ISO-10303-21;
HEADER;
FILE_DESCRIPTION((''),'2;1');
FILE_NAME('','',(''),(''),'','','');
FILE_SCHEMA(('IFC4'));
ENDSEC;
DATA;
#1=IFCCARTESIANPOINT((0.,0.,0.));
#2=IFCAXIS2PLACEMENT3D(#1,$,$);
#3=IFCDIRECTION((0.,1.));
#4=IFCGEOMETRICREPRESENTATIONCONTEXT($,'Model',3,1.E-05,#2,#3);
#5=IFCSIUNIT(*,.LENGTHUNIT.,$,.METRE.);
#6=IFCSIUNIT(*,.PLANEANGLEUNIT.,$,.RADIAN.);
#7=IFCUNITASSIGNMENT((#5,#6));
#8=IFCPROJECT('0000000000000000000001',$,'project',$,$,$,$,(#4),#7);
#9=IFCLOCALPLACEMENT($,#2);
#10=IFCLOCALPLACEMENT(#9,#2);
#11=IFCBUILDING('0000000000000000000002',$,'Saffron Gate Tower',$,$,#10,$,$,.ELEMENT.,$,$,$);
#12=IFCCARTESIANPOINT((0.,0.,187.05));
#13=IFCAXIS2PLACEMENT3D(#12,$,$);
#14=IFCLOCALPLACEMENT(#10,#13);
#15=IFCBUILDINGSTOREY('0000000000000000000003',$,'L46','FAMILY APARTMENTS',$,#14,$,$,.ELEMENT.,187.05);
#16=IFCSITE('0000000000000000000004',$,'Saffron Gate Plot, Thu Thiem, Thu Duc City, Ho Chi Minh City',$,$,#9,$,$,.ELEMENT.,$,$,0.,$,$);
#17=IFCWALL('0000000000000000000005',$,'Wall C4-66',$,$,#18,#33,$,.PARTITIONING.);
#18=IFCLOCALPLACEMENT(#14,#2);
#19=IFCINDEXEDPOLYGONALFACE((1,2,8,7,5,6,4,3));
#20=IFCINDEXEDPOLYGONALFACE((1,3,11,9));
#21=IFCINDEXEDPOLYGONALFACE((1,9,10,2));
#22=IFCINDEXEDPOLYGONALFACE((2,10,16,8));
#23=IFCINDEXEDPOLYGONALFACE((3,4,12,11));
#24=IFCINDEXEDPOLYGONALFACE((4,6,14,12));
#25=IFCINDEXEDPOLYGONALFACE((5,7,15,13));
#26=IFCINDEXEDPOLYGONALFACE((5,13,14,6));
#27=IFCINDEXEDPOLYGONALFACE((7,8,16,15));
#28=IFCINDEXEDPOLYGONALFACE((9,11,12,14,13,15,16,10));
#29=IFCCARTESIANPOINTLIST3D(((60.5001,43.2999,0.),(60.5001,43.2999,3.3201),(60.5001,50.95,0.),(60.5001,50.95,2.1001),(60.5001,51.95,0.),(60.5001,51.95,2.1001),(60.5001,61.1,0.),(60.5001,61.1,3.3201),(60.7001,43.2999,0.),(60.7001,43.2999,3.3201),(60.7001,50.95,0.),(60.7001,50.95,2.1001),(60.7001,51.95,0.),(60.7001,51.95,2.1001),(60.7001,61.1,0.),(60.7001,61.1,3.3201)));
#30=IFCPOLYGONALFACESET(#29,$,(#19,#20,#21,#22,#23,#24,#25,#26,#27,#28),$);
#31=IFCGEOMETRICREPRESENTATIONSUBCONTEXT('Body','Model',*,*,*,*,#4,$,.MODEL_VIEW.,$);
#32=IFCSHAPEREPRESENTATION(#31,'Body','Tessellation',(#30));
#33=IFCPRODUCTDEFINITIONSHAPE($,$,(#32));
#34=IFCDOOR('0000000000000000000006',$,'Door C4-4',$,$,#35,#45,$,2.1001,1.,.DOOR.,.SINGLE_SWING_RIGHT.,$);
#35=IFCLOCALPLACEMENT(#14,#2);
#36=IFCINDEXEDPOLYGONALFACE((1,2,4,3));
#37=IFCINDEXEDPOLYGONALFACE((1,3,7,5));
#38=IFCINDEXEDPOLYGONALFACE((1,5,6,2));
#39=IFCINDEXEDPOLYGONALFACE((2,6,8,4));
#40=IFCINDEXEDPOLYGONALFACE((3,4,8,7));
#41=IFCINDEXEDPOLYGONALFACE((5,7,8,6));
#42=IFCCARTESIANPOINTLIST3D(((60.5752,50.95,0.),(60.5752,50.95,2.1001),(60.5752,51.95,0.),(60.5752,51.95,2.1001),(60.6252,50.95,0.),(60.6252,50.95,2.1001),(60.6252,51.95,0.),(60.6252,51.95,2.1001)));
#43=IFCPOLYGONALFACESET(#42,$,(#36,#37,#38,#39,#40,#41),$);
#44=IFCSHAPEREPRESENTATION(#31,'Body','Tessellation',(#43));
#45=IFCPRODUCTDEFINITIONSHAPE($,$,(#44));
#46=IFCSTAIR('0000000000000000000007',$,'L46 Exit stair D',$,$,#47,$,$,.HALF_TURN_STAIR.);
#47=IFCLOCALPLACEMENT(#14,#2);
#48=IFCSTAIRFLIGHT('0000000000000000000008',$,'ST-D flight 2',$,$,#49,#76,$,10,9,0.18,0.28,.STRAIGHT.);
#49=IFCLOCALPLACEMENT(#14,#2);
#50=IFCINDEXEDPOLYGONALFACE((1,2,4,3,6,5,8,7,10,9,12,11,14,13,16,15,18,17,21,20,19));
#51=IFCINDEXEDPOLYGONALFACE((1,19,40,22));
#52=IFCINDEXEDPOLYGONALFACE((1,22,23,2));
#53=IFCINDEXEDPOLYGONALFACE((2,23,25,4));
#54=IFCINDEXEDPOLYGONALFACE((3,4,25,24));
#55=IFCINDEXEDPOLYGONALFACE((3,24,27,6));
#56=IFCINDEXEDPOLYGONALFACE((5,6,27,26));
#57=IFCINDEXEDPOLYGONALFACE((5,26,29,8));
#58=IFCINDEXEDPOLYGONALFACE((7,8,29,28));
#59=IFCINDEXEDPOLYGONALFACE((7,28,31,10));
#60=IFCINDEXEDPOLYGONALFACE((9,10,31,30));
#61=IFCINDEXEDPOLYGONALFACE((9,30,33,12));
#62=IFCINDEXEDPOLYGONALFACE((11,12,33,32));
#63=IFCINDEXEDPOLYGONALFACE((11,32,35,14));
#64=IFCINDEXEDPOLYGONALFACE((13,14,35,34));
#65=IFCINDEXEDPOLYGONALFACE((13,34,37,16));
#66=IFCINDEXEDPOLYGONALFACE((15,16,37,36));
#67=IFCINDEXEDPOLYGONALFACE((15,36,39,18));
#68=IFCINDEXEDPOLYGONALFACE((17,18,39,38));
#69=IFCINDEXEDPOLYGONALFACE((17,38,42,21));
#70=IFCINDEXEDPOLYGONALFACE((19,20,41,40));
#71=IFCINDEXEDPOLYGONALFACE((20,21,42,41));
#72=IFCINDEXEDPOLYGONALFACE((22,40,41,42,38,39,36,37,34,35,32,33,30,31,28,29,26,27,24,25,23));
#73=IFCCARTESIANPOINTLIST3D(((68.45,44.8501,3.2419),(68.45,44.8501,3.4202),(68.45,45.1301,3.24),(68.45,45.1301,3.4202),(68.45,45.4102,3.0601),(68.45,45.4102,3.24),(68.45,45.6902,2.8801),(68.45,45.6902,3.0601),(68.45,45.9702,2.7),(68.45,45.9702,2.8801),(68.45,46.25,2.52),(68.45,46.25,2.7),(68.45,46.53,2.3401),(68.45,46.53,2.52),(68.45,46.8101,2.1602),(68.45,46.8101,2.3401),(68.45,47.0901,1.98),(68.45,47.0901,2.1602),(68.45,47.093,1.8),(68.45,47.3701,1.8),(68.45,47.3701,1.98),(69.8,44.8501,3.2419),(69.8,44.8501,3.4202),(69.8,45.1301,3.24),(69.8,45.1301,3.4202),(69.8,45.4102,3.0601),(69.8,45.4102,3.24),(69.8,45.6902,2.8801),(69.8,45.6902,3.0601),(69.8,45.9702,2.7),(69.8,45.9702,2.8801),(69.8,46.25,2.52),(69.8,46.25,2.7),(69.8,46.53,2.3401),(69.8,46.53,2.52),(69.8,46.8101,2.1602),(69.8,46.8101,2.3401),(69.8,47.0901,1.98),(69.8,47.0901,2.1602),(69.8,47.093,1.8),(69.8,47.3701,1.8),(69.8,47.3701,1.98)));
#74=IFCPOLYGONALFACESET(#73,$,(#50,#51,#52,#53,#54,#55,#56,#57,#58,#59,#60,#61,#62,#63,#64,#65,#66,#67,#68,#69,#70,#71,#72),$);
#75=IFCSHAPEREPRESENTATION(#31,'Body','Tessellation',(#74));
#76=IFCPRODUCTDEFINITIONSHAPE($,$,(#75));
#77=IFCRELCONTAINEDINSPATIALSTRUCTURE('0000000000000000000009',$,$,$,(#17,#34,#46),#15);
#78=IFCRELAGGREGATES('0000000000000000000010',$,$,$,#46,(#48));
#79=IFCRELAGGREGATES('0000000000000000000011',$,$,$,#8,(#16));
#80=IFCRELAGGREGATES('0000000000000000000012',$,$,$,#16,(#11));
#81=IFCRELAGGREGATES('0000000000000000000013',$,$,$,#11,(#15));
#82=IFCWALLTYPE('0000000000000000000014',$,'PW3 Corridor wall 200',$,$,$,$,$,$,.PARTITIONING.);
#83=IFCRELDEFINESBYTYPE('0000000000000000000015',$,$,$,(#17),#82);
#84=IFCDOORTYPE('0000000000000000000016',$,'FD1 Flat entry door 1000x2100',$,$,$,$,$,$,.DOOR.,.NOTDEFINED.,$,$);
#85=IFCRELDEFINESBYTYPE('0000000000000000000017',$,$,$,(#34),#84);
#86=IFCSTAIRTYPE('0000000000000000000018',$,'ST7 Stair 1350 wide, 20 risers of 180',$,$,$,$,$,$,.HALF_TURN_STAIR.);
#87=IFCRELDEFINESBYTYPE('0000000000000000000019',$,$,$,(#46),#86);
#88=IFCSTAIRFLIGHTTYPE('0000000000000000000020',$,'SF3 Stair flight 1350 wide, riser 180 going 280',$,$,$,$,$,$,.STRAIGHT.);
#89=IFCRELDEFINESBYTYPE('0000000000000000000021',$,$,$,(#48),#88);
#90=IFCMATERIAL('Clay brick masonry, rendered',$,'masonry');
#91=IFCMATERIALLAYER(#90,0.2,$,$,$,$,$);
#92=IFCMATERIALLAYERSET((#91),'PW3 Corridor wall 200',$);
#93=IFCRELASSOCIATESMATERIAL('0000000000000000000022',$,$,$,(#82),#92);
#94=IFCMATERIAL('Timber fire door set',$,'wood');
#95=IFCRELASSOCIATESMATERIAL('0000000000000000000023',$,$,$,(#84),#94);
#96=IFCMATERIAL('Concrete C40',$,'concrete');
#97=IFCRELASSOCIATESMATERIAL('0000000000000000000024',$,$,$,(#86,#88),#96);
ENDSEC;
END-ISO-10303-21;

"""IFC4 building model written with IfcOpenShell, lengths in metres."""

from ifc_helpers import new_model, si_unit, direction, frame, frame_2d, origin, place, context, subcontext, project, spatial, polyline, rectangle, outline, extrude, material, layer, layer_set, type_object, element, fill, aggregate, save


model = new_model("IFC4")

# Units and contexts
model_context = context("Model", 3, precision=1e-05, world=origin(), true_north=direction((0.0, 1.0)))
body_context = subcontext(model_context, "Body", "Model", "MODEL_VIEW")
ifc_project = project(units=[si_unit("LENGTHUNIT", "METRE"), si_unit("PLANEANGLEUNIT", "RADIAN")], contexts=[model_context])

# Site, building, storey
site_placement = place(None, origin())
site = spatial("IfcSite", under=ifc_project, at=site_placement, Name="Saffron Gate Plot, Thu Thiem, Thu Duc City, Ho Chi Minh City", CompositionType="ELEMENT", RefElevation=0.0)
building_placement = place(site_placement, origin())
building = spatial("IfcBuilding", under=site, at=building_placement, Name="Saffron Gate Tower", CompositionType="ELEMENT")
storey_placement = place(building_placement, frame((0.0, 0.0, 187.05)))
storey = spatial("IfcBuildingStorey", under=building, at=storey_placement, Name="L46", Description="FAMILY APARTMENTS", CompositionType="ELEMENT", Elevation=187.05)

# Shared definitions
ifc_material_1 = material(Name="Clay brick masonry, rendered", Category="masonry")
ifc_layer_1 = layer(ifc_material_1, 0.2)
ifc_layer_set_1 = layer_set([ifc_layer_1], Name="PW3 Corridor wall 200")
wall_type_1 = type_object("IfcWallType", Name="PW3 Corridor wall 200", PredefinedType="PARTITIONING", material=ifc_layer_set_1)

# Wall, opening, door
wall_1_placement = place(storey_placement, frame((60.6001, 43.3, 0.0), z_axis=(0.0, 0.0, 1.0), x_axis=(0.0, 1.0, 0.0)))
wall_1 = element("IfcWall", 1, at=wall_1_placement, inside=storey, type_object=wall_type_1, Name="Wall C4-66", PredefinedType="PARTITIONING", context=body_context, shape_type="SweptSolid", body=[
    extrude(rectangle(XDim=17.8, YDim=0.2, at=frame_2d((8.8999, 0.0))), origin(), (0.0, 0.0, 1.0), 3.3201),
])
opening_1_placement = place(wall_1_placement, frame((7.6499, 0.0, 0.0)))
opening_1 = element("IfcOpeningElement", 2, at=opening_1_placement, cuts=wall_1, PredefinedType="OPENING", context=body_context, shape_type="SweptSolid", body=[
    extrude(rectangle(XDim=1.0, YDim=2.1001, at=frame_2d((0.5, 1.05))), frame((0.0, 0.1099, 0.0), z_axis=(0.0, -1.0, 0.0), x_axis=(1.0, 0.0, 0.0)), (0.0, 0.0, 1.0), 0.22),
])
ifc_material_2 = material(Name="Timber fire door set", Category="wood")
door_type_1 = type_object("IfcDoorType", Name="FD1 Flat entry door 1000x2100", OperationType="NOTDEFINED", PredefinedType="DOOR", material=ifc_material_2)
door_1_placement = place(opening_1_placement, origin())
door_1 = element("IfcDoor", 3, at=door_1_placement, inside=storey, type_object=door_type_1, Name="Door C4-4", OperationType="SINGLE_SWING_RIGHT", OverallHeight=2.1001, OverallWidth=1.0, PredefinedType="DOOR", context=body_context, shape_type="SweptSolid", body=[
    extrude(rectangle(XDim=1.0, YDim=2.1001, at=frame_2d((0.5, 1.05))), frame((0.0, 0.0249, 0.0), z_axis=(0.0, -1.0, 0.0), x_axis=(1.0, 0.0, 0.0)), (0.0, 0.0, 1.0), 0.05),
])
fill(opening_1, door_1)

# Stair, stair flight
ifc_material_3 = material(Name="Concrete C40", Category="concrete")
stair_type = type_object("IfcStairType", Name="ST7 Stair 1350 wide, 20 risers of 180", PredefinedType="HALF_TURN_STAIR", material=ifc_material_3)
stair_placement = place(storey_placement, origin())
stair = element("IfcStair", 4, at=stair_placement, inside=storey, type_object=stair_type, Name="L46 Exit stair D", PredefinedType="HALF_TURN_STAIR")
stair_flight_type = type_object("IfcStairFlightType", Name="SF3 Stair flight 1350 wide, riser 180 going 280", PredefinedType="STRAIGHT", material=ifc_material_3)
stair_flight_placement = place(storey_placement, frame((69.125, 47.3701, 1.8), z_axis=(0.0, 0.0, 1.0), x_axis=(0.0, -1.0, 0.0)))
stair_flight = element("IfcStairFlight", 5, at=stair_flight_placement, type_object=stair_flight_type, Name="ST-D flight 2", NumberOfRisers=10, NumberOfTreads=9, PredefinedType="STRAIGHT", RiserHeight=0.18, TreadLength=0.28, context=body_context, shape_type="SweptSolid", body=[
    extrude(outline(polyline([(0.0, 0.0), (0.0, 0.1799), (0.28, 0.1799), (0.28, 0.3601), (0.5601, 0.3601), (0.5601, 0.54), (0.8401, 0.54), (0.8401, 0.72), (1.1201, 0.72), (1.1201, 0.8999), (1.3999, 0.8999), (1.3999, 1.0801), (1.6799, 1.0801), (1.6799, 1.26), (1.96, 1.26), (1.96, 1.4399), (2.24, 1.4399), (2.24, 1.6201), (2.52, 1.6201), (2.52, 1.8), (2.52, 1.4419), (0.2771, 0.0), (0.0, 0.0)])), frame((0.0, 0.675, 0.0), z_axis=(0.0, -1.0, 0.0), x_axis=(1.0, 0.0, 0.0)), (0.0, 0.0, 1.0), 1.3501),
])
aggregate(stair, [stair_flight])

save(model, "model.ifc")
